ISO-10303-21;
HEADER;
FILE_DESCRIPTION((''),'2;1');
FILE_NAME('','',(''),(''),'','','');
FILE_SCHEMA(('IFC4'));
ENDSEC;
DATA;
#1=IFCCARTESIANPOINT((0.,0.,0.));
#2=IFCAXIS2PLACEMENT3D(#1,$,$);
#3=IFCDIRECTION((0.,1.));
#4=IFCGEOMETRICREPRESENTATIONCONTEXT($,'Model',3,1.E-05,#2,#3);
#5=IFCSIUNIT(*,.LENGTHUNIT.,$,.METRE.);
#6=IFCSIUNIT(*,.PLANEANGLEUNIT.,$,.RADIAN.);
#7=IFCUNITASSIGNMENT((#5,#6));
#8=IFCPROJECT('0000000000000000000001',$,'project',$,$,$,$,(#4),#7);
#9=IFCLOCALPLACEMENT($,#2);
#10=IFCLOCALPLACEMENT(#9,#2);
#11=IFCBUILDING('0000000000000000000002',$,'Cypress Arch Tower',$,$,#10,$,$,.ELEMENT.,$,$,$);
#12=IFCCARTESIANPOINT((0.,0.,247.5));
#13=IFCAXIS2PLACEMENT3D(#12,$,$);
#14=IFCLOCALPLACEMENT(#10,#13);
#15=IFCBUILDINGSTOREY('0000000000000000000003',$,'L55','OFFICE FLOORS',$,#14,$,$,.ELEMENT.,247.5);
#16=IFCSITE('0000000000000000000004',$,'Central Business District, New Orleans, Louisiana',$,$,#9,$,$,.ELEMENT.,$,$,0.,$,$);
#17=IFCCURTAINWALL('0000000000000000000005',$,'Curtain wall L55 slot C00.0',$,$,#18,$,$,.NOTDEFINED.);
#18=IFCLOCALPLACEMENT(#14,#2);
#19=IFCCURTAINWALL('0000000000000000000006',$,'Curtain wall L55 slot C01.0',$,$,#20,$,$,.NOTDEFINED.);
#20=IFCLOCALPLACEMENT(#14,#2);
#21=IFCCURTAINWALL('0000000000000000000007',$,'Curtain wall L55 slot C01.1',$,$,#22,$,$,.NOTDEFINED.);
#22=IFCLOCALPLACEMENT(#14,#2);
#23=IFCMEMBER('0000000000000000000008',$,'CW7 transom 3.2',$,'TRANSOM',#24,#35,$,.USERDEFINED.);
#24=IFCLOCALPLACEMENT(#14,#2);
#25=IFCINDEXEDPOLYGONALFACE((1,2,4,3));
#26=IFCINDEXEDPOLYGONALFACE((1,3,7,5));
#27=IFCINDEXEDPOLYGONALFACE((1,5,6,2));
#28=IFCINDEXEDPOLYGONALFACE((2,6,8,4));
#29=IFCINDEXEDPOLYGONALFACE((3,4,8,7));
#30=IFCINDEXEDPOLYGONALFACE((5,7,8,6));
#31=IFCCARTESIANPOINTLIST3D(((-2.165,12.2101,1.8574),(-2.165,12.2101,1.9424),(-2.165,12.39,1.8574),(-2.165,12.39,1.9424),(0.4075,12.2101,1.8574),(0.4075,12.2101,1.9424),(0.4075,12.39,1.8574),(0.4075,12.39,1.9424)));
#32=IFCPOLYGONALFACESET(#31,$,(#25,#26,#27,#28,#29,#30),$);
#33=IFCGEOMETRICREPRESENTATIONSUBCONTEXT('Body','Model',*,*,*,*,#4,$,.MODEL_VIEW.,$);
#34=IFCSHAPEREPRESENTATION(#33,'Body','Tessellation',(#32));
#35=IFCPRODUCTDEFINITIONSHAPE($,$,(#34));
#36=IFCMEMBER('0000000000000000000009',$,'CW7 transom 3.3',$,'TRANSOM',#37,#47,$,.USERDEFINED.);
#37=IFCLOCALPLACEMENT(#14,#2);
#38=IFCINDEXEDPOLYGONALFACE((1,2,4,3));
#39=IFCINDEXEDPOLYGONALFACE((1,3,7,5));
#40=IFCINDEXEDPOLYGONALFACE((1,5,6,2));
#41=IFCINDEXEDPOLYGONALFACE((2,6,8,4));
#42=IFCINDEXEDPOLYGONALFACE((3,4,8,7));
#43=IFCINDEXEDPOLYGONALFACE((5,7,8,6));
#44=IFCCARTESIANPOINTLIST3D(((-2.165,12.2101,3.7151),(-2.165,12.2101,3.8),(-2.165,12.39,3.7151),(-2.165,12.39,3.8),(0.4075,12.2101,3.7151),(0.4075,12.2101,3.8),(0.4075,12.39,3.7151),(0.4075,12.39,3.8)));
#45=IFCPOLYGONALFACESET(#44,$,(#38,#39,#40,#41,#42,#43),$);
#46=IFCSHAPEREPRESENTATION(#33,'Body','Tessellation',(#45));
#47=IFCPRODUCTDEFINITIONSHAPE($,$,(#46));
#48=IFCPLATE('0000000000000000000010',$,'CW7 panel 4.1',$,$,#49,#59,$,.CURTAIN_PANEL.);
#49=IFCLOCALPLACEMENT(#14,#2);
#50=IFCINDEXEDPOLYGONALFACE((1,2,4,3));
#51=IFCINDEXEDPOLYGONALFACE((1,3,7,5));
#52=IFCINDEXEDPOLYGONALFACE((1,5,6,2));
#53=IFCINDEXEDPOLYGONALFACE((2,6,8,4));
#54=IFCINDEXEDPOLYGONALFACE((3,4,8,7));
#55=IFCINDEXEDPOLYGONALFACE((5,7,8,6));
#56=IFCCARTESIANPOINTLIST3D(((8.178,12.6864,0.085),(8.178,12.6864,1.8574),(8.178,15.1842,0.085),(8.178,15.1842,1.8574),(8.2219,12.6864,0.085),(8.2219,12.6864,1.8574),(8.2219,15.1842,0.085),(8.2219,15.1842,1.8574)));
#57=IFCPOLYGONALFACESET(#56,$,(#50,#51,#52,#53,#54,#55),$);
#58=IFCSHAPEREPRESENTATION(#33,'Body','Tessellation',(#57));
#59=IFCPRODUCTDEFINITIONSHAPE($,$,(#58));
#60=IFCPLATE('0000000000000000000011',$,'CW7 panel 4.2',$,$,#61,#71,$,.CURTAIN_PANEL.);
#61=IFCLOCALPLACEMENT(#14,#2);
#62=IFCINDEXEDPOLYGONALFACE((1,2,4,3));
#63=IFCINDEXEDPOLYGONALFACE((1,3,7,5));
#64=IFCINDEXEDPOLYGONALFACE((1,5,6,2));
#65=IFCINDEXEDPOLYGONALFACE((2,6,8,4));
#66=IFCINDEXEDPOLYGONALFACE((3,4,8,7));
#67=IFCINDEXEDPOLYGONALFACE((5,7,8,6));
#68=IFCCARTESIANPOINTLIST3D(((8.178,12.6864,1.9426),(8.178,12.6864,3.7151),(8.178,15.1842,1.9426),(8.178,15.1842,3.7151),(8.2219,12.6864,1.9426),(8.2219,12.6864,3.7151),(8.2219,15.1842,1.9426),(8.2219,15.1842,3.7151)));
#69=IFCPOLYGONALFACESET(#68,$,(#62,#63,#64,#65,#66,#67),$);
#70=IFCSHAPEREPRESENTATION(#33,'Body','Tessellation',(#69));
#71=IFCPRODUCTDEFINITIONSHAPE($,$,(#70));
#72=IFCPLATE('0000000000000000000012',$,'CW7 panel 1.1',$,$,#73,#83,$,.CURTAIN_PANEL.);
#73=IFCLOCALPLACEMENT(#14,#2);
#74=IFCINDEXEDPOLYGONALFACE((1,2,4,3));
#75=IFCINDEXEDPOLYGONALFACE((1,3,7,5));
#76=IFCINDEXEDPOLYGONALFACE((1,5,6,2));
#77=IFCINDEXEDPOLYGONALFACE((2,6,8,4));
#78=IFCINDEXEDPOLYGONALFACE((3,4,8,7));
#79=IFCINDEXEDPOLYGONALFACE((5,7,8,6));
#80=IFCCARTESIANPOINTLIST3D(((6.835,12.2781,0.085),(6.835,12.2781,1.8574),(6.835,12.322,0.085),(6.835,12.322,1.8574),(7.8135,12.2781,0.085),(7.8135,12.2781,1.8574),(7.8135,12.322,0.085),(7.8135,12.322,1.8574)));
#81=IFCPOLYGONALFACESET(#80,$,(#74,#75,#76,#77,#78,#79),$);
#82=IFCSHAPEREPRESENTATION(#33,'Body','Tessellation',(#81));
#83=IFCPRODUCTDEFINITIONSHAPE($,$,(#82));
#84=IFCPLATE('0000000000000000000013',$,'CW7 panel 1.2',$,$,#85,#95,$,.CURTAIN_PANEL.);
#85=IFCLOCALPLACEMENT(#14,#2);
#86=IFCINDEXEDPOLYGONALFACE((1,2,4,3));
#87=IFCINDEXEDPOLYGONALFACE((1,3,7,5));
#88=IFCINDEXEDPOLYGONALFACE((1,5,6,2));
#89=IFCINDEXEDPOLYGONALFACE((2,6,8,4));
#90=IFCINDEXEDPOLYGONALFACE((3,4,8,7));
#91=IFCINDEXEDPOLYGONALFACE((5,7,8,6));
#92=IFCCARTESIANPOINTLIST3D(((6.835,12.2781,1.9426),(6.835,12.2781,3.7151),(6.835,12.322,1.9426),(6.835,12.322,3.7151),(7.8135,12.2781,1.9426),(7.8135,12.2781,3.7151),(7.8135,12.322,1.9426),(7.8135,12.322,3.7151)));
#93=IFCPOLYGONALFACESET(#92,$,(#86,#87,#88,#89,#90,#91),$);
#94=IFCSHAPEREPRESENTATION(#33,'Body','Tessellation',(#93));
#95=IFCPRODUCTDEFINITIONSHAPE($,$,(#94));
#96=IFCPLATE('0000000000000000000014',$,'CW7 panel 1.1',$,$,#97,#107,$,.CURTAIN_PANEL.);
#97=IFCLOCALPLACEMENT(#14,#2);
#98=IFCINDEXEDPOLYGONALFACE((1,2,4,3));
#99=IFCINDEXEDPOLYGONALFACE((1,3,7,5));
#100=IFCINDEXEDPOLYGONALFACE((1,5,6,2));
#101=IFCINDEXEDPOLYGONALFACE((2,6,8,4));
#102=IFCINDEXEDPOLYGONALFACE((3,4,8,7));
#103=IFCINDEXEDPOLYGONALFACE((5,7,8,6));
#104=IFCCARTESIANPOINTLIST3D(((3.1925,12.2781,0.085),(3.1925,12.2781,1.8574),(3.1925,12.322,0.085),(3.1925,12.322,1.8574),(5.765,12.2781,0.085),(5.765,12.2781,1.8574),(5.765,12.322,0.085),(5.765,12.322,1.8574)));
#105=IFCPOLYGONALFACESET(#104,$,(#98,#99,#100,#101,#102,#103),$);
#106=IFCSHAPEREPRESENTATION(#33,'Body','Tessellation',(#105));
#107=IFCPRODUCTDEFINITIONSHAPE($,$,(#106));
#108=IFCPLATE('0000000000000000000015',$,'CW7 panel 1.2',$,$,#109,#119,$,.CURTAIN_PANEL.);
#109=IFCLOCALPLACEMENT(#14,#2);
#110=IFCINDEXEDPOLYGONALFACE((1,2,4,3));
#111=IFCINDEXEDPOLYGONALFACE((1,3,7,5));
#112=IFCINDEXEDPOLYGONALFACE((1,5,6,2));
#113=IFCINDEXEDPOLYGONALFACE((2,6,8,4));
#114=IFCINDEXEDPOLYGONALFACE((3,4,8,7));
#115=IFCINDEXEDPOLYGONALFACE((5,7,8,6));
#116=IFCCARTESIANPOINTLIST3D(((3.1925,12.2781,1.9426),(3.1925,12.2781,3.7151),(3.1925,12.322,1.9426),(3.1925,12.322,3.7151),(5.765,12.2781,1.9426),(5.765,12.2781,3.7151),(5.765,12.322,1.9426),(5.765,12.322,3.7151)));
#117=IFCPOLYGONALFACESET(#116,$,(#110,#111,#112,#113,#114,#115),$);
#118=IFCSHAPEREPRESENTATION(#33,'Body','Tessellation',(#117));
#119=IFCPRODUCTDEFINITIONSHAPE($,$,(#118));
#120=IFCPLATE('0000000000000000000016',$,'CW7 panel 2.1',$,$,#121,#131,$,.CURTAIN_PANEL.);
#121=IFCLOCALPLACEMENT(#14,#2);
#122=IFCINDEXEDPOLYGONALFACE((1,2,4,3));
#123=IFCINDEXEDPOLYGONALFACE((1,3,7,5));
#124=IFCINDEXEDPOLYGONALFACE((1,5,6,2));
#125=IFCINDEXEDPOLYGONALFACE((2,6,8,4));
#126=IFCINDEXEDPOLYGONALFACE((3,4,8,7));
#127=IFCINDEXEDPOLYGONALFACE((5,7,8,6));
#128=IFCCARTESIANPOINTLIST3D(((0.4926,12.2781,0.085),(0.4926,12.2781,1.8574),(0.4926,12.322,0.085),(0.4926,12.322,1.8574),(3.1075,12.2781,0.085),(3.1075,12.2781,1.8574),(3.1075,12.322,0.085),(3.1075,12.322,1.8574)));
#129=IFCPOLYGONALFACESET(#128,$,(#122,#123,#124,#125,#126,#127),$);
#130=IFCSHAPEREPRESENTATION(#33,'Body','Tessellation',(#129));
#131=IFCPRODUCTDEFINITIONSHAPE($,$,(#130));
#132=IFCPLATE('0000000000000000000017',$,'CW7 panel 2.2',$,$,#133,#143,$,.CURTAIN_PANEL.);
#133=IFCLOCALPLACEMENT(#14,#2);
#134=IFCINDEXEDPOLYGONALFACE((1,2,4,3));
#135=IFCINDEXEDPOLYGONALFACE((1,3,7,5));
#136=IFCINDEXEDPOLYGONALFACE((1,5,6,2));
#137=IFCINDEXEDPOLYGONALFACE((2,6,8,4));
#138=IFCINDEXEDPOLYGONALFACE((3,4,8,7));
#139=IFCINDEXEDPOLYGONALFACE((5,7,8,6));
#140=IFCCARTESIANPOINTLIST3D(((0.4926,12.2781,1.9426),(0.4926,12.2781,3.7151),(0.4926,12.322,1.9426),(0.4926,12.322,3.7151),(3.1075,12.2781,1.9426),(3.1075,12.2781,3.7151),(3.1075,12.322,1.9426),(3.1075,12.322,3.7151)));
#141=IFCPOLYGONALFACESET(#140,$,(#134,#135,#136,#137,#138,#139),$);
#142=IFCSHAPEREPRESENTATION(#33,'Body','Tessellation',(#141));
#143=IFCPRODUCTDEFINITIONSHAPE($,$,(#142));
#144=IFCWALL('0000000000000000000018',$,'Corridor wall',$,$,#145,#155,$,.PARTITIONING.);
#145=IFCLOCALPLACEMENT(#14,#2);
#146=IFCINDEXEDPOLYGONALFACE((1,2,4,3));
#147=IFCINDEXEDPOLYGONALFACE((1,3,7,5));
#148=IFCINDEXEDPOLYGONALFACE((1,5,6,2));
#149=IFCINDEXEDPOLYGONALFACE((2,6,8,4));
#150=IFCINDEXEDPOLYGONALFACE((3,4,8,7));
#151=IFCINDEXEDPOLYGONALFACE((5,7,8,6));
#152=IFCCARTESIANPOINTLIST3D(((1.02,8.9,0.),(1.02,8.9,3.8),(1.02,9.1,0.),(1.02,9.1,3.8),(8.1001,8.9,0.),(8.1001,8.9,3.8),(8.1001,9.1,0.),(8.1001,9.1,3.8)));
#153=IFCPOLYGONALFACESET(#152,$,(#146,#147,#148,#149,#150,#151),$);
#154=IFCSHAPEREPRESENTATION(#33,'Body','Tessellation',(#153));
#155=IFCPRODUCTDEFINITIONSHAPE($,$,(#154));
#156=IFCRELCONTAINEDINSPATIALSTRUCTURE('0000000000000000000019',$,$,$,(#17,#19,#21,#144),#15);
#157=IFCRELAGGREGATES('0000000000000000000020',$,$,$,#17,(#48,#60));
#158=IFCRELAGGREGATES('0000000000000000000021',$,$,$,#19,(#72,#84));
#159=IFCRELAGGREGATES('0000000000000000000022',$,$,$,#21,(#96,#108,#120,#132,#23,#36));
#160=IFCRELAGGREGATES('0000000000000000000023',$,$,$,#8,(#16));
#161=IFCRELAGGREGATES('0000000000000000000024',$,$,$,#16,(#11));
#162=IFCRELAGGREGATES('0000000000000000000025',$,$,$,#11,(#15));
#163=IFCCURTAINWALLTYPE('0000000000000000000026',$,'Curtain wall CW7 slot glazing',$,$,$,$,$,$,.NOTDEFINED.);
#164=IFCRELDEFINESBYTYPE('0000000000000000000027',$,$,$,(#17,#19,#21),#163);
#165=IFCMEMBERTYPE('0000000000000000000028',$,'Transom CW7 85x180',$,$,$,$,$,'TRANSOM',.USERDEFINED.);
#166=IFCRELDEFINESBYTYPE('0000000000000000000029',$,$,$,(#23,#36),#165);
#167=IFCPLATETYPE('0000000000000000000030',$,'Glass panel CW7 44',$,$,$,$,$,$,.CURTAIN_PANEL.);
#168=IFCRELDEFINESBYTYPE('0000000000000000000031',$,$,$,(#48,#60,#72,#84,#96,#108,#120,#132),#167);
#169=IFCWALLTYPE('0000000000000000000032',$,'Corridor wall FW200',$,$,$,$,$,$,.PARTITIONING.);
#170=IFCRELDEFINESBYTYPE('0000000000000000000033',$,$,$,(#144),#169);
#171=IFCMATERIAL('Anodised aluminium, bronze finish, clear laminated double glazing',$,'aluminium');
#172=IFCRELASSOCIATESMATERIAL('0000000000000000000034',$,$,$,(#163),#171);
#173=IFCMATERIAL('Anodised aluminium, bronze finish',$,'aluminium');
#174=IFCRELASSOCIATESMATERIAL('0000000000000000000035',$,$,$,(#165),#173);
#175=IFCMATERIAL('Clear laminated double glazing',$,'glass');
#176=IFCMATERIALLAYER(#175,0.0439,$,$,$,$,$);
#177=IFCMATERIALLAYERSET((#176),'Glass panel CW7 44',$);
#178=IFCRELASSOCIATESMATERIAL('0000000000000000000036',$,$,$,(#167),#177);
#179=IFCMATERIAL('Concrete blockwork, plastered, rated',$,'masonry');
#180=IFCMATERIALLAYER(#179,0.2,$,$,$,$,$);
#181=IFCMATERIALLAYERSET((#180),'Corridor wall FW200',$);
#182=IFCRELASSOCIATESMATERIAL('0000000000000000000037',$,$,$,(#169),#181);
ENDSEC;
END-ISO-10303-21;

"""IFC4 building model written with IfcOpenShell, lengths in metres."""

from ifc_helpers import new_model, si_unit, direction, frame, frame_2d, origin, origin_2d, place, context, subcontext, project, spatial, rectangle, extrude, material, layer, layer_set, material_profile, profile_set, type_object, element, aggregate, save


model = new_model("IFC4")

# Units and contexts
model_context = context("Model", 3, precision=1e-05, world=origin(), true_north=direction((0.0, 1.0)))
body_context = subcontext(model_context, "Body", "Model", "MODEL_VIEW")
ifc_project = project(units=[si_unit("LENGTHUNIT", "METRE"), si_unit("PLANEANGLEUNIT", "RADIAN")], contexts=[model_context])

# Site, building, storey
site_placement = place(None, origin())
site = spatial("IfcSite", under=ifc_project, at=site_placement, Name="Central Business District, New Orleans, Louisiana", CompositionType="ELEMENT", RefElevation=0.0)
building_placement = place(site_placement, origin())
building = spatial("IfcBuilding", under=site, at=building_placement, Name="Cypress Arch Tower", CompositionType="ELEMENT")
storey_placement = place(building_placement, frame((0.0, 0.0, 247.5)))
storey = spatial("IfcBuildingStorey", under=building, at=storey_placement, Name="L55", Description="OFFICE FLOORS", CompositionType="ELEMENT", Elevation=247.5)

# Curtain walls
ifc_material_1 = material(Name="Anodised aluminium, bronze finish, clear laminated double glazing", Category="aluminium")
curtain_wall_type = type_object("IfcCurtainWallType", Name="Curtain wall CW7 slot glazing", PredefinedType="NOTDEFINED", material=ifc_material_1)
curtain_wall_1_placement = place(storey_placement, origin())
curtain_wall_1 = element("IfcCurtainWall", 1, at=curtain_wall_1_placement, inside=storey, type_object=curtain_wall_type, Name="Curtain wall L55 slot C00.0", PredefinedType="NOTDEFINED")
curtain_wall_2_placement = place(storey_placement, origin())
curtain_wall_2 = element("IfcCurtainWall", 2, at=curtain_wall_2_placement, inside=storey, type_object=curtain_wall_type, Name="Curtain wall L55 slot C01.0", PredefinedType="NOTDEFINED")
curtain_wall_3_placement = place(storey_placement, origin())
curtain_wall_3 = element("IfcCurtainWall", 3, at=curtain_wall_3_placement, inside=storey, type_object=curtain_wall_type, Name="Curtain wall L55 slot C01.1", PredefinedType="NOTDEFINED")

# Members
ifc_material_2 = material(Name="Anodised aluminium, bronze finish", Category="aluminium")
ifc_material_profile_1 = material_profile(ifc_material_2, rectangle(XDim=0.1799, YDim=0.085, at=origin_2d()), Name="Transom 85x180")
ifc_profile_set_1 = profile_set([ifc_material_profile_1], Name="Anodised aluminium, bronze finish")
member_type_1 = type_object("IfcMemberType", Name="Transom CW7 85x180", ElementType="TRANSOM", PredefinedType="USERDEFINED", material=ifc_profile_set_1)
member_1_placement = place(storey_placement, frame((0.4075, 12.3, 1.8999), z_axis=(-1.0, 0.0, 0.0), x_axis=(0.0, -1.0, 0.0)))
member_1 = element("IfcMember", 4, at=member_1_placement, type_object=member_type_1, Name="CW7 transom 3.2", ObjectType="TRANSOM", PredefinedType="USERDEFINED", context=body_context, shape_type="SweptSolid", body=[
    extrude(rectangle(XDim=0.1799, YDim=0.085, at=origin_2d()), origin(), (0.0, 0.0, 1.0), 2.5725),
])
member_2_placement = place(storey_placement, frame((0.4075, 12.3, 3.7576), z_axis=(-1.0, 0.0, 0.0), x_axis=(0.0, -1.0, 0.0)))
member_2 = element("IfcMember", 5, at=member_2_placement, type_object=member_type_1, Name="CW7 transom 3.3", ObjectType="TRANSOM", PredefinedType="USERDEFINED", context=body_context, shape_type="SweptSolid", body=[
    extrude(rectangle(XDim=0.1799, YDim=0.085, at=origin_2d()), origin(), (0.0, 0.0, 1.0), 2.5725),
])

# Plates
ifc_material_3 = material(Name="Clear laminated double glazing", Category="glass")
ifc_layer_1 = layer(ifc_material_3, 0.0439)
ifc_layer_set_1 = layer_set([ifc_layer_1], Name="Glass panel CW7 44")
plate_type = type_object("IfcPlateType", Name="Glass panel CW7 44", PredefinedType="CURTAIN_PANEL", material=ifc_layer_set_1)
plate_1_placement = place(storey_placement, frame((8.2, 13.9353, 0.085), z_axis=(0.0, 0.0, 1.0), x_axis=(0.0, -1.0, 0.0)))
plate_1 = element("IfcPlate", 6, at=plate_1_placement, type_object=plate_type, Name="CW7 panel 4.1", PredefinedType="CURTAIN_PANEL", context=body_context, shape_type="SweptSolid", body=[
    extrude(rectangle(XDim=2.4978, YDim=0.0439, at=origin_2d()), origin(), (0.0, 0.0, 1.0), 1.7725),
])
plate_2_placement = place(storey_placement, frame((8.2, 13.9353, 1.9426), z_axis=(0.0, 0.0, 1.0), x_axis=(0.0, -1.0, 0.0)))
plate_2 = element("IfcPlate", 7, at=plate_2_placement, type_object=plate_type, Name="CW7 panel 4.2", PredefinedType="CURTAIN_PANEL", context=body_context, shape_type="SweptSolid", body=[
    extrude(rectangle(XDim=2.4978, YDim=0.0439, at=origin_2d()), origin(), (0.0, 0.0, 1.0), 1.7725),
])
aggregate(curtain_wall_1, [plate_1, plate_2])
plate_3_placement = place(storey_placement, frame((7.3242, 12.3, 0.085), z_axis=(0.0, 0.0, 1.0), x_axis=(-1.0, 0.0, 0.0)))
plate_3 = element("IfcPlate", 8, at=plate_3_placement, type_object=plate_type, Name="CW7 panel 1.1", PredefinedType="CURTAIN_PANEL", context=body_context, shape_type="SweptSolid", body=[
    extrude(rectangle(XDim=0.9785, YDim=0.0439, at=origin_2d()), origin(), (0.0, 0.0, 1.0), 1.7725),
])
plate_4_placement = place(storey_placement, frame((7.3242, 12.3, 1.9426), z_axis=(0.0, 0.0, 1.0), x_axis=(-1.0, 0.0, 0.0)))
plate_4 = element("IfcPlate", 9, at=plate_4_placement, type_object=plate_type, Name="CW7 panel 1.2", PredefinedType="CURTAIN_PANEL", context=body_context, shape_type="SweptSolid", body=[
    extrude(rectangle(XDim=0.9785, YDim=0.0439, at=origin_2d()), origin(), (0.0, 0.0, 1.0), 1.7725),
])
aggregate(curtain_wall_2, [plate_3, plate_4])
plate_5_placement = place(storey_placement, frame((4.4788, 12.3, 0.085), z_axis=(0.0, 0.0, 1.0), x_axis=(-1.0, 0.0, 0.0)))
plate_5 = element("IfcPlate", 10, at=plate_5_placement, type_object=plate_type, Name="CW7 panel 1.1", PredefinedType="CURTAIN_PANEL", context=body_context, shape_type="SweptSolid", body=[
    extrude(rectangle(XDim=2.5725, YDim=0.0439, at=origin_2d()), origin(), (0.0, 0.0, 1.0), 1.7725),
])
plate_6_placement = place(storey_placement, frame((4.4788, 12.3, 1.9426), z_axis=(0.0, 0.0, 1.0), x_axis=(-1.0, 0.0, 0.0)))
plate_6 = element("IfcPlate", 11, at=plate_6_placement, type_object=plate_type, Name="CW7 panel 1.2", PredefinedType="CURTAIN_PANEL", context=body_context, shape_type="SweptSolid", body=[
    extrude(rectangle(XDim=2.5725, YDim=0.0439, at=origin_2d()), origin(), (0.0, 0.0, 1.0), 1.7725),
])
plate_7_placement = place(storey_placement, frame((1.8, 12.3, 0.085), z_axis=(0.0, 0.0, 1.0), x_axis=(-1.0, 0.0, 0.0)))
plate_7 = element("IfcPlate", 12, at=plate_7_placement, type_object=plate_type, Name="CW7 panel 2.1", PredefinedType="CURTAIN_PANEL", context=body_context, shape_type="SweptSolid", body=[
    extrude(rectangle(XDim=2.615, YDim=0.0439, at=origin_2d()), origin(), (0.0, 0.0, 1.0), 1.7725),
])
plate_8_placement = place(storey_placement, frame((1.8, 12.3, 1.9426), z_axis=(0.0, 0.0, 1.0), x_axis=(-1.0, 0.0, 0.0)))
plate_8 = element("IfcPlate", 13, at=plate_8_placement, type_object=plate_type, Name="CW7 panel 2.2", PredefinedType="CURTAIN_PANEL", context=body_context, shape_type="SweptSolid", body=[
    extrude(rectangle(XDim=2.615, YDim=0.0439, at=origin_2d()), origin(), (0.0, 0.0, 1.0), 1.7725),
])
aggregate(curtain_wall_3, [plate_5, plate_6, plate_7, plate_8, member_1, member_2])

# Wall
ifc_material_4 = material(Name="Concrete blockwork, plastered, rated", Category="masonry")
ifc_layer_2 = layer(ifc_material_4, 0.2)
ifc_layer_set_2 = layer_set([ifc_layer_2], Name="Corridor wall FW200")
wall_type = type_object("IfcWallType", Name="Corridor wall FW200", PredefinedType="PARTITIONING", material=ifc_layer_set_2)
wall_placement = place(storey_placement, frame((1.02, 9.0, 0.0), z_axis=(0.0, 0.0, 1.0), x_axis=(1.0, 0.0, 0.0)))
element("IfcWall", 14, at=wall_placement, inside=storey, type_object=wall_type, Name="Corridor wall", PredefinedType="PARTITIONING", context=body_context, shape_type="SweptSolid", body=[
    extrude(rectangle(XDim=7.0801, YDim=0.2, at=frame_2d((3.54, 0.0))), origin(), (0.0, 0.0, 1.0), 3.8),
])

save(model, "model.ifc")
